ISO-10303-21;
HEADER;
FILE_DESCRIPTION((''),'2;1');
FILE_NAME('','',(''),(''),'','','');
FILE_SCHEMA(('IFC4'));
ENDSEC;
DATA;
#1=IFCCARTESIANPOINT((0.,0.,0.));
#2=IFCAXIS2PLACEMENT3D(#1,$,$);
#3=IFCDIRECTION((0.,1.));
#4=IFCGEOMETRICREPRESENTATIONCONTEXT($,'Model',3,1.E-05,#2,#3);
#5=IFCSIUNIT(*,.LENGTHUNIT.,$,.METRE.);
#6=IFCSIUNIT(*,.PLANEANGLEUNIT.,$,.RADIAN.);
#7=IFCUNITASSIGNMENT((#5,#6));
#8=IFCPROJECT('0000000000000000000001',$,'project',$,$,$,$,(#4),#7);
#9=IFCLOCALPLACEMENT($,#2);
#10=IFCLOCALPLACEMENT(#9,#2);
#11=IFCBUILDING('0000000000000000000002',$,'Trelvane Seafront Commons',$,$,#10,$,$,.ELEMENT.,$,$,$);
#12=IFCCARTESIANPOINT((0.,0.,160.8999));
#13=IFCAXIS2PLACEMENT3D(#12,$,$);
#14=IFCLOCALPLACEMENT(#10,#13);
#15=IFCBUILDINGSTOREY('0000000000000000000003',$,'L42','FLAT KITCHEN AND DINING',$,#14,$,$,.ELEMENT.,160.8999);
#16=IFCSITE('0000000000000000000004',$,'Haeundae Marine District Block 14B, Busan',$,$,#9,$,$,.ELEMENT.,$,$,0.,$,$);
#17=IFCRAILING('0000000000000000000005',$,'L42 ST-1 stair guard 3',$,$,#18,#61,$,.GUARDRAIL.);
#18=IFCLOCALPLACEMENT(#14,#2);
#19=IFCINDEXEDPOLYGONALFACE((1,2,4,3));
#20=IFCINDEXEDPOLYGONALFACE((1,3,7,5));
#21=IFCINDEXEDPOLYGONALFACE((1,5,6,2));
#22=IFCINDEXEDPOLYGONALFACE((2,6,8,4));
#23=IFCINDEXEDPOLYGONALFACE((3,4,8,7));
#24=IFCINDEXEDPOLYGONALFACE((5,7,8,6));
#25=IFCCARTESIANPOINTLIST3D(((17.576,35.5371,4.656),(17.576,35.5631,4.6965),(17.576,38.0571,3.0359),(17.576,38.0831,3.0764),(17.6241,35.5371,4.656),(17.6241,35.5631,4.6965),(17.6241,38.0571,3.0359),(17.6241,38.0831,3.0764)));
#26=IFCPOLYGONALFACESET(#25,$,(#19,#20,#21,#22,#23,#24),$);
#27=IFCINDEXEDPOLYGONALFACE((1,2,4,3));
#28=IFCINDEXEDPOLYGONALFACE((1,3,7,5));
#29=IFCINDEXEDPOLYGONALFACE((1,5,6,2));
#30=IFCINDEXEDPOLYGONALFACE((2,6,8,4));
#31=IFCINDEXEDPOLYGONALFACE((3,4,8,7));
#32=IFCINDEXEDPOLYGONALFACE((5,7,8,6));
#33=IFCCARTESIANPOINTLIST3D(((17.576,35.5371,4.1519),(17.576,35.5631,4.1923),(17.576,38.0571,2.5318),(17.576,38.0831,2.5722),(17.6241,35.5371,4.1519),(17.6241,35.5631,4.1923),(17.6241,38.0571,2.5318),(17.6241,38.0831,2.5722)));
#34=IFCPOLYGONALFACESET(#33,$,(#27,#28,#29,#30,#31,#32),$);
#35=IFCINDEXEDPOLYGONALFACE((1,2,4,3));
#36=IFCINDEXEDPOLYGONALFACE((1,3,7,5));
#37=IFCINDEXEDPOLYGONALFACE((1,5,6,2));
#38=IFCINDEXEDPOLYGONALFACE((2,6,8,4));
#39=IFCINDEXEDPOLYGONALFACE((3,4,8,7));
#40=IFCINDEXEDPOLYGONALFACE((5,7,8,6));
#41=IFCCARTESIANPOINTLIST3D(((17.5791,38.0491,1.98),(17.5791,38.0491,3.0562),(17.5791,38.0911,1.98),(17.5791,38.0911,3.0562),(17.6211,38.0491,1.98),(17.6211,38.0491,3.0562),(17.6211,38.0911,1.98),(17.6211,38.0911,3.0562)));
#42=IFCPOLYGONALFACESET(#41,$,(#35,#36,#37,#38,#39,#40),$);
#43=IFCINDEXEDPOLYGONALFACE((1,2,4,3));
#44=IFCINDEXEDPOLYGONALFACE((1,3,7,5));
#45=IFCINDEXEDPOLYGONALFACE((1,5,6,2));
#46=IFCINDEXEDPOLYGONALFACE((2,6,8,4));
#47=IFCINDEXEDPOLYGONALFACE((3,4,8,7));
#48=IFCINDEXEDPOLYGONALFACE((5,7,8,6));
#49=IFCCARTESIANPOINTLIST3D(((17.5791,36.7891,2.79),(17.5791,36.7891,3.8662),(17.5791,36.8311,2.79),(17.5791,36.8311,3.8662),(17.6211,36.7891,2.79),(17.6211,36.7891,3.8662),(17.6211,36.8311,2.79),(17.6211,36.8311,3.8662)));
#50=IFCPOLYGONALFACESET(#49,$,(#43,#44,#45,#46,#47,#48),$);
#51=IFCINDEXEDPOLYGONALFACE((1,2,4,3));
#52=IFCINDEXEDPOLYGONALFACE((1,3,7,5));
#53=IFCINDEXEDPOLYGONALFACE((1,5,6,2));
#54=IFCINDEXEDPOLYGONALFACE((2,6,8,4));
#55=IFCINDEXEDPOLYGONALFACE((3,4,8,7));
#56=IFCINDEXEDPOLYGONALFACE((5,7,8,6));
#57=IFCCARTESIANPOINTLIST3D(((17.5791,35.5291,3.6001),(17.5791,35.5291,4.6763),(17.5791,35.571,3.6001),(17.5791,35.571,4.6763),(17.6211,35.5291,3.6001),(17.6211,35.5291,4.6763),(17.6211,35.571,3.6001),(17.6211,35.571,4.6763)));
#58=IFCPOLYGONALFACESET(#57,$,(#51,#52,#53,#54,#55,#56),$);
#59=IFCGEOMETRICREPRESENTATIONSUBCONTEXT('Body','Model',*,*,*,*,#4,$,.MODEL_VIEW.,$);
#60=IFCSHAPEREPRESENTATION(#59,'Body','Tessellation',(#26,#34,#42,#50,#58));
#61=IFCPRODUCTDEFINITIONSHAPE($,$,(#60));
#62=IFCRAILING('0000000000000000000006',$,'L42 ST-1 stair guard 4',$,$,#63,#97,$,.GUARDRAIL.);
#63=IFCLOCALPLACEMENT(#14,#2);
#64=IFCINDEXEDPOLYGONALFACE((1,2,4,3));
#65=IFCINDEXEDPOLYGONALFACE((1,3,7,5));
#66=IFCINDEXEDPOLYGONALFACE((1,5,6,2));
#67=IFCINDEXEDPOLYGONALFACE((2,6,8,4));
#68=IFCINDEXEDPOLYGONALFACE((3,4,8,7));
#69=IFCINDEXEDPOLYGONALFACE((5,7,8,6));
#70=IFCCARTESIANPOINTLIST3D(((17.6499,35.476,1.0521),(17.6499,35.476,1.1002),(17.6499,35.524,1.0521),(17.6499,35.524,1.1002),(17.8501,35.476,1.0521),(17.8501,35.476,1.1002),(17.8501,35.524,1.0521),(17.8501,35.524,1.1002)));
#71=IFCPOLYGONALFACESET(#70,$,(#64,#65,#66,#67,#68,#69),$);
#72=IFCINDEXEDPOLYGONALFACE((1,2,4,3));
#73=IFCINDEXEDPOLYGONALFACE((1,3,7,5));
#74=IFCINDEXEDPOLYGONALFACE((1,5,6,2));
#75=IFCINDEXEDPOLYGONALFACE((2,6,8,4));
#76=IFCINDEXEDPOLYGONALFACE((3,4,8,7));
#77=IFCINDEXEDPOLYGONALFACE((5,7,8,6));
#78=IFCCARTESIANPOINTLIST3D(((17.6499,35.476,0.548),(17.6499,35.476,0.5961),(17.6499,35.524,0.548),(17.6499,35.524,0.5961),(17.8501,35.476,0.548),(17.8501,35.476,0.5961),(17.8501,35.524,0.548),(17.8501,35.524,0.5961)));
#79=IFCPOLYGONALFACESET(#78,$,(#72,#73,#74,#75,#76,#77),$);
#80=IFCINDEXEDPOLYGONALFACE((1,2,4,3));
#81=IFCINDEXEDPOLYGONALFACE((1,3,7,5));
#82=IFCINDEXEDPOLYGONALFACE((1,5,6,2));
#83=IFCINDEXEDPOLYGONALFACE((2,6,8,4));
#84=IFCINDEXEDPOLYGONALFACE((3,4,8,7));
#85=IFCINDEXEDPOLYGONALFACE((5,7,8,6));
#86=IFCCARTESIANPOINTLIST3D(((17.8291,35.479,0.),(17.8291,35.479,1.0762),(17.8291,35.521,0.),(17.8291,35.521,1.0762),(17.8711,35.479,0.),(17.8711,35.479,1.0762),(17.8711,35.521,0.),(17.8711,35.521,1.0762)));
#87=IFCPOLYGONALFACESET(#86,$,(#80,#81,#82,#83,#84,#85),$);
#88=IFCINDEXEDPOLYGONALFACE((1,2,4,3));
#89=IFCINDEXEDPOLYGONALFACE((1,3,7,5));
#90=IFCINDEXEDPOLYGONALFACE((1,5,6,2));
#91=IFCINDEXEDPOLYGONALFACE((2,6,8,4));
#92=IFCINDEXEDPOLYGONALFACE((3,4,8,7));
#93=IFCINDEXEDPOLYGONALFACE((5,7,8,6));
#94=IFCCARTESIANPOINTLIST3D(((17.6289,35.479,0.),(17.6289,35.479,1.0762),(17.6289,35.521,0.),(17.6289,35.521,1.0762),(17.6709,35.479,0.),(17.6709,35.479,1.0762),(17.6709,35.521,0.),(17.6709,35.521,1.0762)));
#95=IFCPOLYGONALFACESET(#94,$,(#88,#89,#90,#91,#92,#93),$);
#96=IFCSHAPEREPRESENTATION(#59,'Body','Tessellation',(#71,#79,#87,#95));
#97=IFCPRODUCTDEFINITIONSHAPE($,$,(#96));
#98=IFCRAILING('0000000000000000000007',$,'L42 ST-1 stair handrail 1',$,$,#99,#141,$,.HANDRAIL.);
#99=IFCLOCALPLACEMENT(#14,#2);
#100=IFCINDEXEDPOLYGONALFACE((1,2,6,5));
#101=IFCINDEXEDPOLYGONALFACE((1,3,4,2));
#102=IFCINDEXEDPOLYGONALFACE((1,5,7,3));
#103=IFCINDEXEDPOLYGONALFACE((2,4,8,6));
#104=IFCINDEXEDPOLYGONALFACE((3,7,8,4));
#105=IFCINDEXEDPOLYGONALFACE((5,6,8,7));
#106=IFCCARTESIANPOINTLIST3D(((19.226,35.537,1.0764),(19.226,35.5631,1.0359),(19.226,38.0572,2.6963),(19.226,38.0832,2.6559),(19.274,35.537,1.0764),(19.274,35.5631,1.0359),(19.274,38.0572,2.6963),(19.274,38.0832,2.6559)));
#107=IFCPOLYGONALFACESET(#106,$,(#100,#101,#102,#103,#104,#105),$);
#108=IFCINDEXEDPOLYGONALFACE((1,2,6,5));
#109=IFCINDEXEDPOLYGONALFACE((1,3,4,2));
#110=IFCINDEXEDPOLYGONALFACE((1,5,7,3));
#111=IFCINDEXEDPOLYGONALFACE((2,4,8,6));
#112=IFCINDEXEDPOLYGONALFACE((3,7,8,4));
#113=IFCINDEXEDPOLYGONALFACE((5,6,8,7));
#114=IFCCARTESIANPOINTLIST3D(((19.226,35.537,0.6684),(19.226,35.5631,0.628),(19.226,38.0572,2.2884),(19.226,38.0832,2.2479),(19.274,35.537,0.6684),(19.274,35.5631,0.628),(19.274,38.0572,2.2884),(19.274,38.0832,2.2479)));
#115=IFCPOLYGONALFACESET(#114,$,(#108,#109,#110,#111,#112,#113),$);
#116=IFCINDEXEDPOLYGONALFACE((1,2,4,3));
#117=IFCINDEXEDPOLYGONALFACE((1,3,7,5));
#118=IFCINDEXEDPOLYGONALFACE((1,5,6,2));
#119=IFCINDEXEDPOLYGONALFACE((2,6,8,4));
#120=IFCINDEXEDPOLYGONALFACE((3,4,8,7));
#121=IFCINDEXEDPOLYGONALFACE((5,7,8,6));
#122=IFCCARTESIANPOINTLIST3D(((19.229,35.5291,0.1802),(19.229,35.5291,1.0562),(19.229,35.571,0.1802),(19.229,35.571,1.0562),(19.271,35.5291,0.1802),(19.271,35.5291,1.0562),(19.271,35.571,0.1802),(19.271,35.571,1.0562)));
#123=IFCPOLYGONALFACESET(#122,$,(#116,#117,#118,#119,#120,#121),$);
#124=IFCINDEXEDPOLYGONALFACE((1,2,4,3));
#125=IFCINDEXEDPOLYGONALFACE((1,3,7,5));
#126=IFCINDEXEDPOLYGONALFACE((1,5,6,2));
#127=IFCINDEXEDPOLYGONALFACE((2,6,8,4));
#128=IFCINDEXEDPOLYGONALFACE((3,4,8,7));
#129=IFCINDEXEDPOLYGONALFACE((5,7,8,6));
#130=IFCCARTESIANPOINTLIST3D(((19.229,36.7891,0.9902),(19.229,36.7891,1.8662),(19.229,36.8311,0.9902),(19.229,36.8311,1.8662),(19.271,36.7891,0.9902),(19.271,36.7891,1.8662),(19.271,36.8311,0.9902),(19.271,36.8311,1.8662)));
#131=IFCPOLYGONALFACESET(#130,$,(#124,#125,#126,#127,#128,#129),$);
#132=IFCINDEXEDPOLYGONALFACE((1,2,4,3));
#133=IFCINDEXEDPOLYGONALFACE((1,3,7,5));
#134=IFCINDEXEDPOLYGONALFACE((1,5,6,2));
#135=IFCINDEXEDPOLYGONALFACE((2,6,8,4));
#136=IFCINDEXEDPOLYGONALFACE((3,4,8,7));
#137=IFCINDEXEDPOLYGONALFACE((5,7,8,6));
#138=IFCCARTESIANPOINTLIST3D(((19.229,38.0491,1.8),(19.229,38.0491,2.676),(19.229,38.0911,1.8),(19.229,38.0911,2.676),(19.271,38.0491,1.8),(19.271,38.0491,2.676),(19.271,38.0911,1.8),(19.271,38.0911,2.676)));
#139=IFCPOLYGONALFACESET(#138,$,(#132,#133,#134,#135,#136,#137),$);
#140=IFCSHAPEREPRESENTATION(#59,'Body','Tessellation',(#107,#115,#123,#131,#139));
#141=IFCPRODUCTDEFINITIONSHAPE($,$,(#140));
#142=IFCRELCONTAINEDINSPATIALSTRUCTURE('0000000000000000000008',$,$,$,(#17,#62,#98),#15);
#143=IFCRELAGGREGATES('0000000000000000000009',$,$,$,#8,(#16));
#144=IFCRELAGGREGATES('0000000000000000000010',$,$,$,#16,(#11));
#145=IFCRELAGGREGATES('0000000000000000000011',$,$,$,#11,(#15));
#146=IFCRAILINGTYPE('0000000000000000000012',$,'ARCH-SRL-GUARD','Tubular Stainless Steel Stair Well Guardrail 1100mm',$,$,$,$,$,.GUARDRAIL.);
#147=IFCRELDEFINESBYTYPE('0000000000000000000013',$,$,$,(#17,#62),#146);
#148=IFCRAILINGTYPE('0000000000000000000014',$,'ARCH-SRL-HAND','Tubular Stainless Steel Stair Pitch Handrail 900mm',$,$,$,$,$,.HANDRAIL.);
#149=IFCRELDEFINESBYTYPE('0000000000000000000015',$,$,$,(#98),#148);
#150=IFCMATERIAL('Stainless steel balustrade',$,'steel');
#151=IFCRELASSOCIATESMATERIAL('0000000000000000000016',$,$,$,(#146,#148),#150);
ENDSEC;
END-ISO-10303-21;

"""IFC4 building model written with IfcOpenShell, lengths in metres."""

from ifc_helpers import new_model, si_unit, direction, frame, origin, origin_2d, place, context, subcontext, project, spatial, rectangle, extrude, material, type_object, element, save


model = new_model("IFC4")

# Units and contexts
model_context = context("Model", 3, precision=1e-05, world=origin(), true_north=direction((0.0, 1.0)))
body_context = subcontext(model_context, "Body", "Model", "MODEL_VIEW")
ifc_project = project(units=[si_unit("LENGTHUNIT", "METRE"), si_unit("PLANEANGLEUNIT", "RADIAN")], contexts=[model_context])

# Site, building, storey
site_placement = place(None, origin())
site = spatial("IfcSite", under=ifc_project, at=site_placement, Name="Haeundae Marine District Block 14B, Busan", CompositionType="ELEMENT", RefElevation=0.0)
building_placement = place(site_placement, origin())
building = spatial("IfcBuilding", under=site, at=building_placement, Name="Trelvane Seafront Commons", CompositionType="ELEMENT")
storey_placement = place(building_placement, frame((0.0, 0.0, 160.8999)))
storey = spatial("IfcBuildingStorey", under=building, at=storey_placement, Name="L42", Description="FLAT KITCHEN AND DINING", CompositionType="ELEMENT", Elevation=160.8999)

# Shared definitions
ifc_material_1 = material(Name="Stainless steel balustrade", Category="steel")

# Railings
railing_type_1 = type_object("IfcRailingType", Name="ARCH-SRL-GUARD", Description="Tubular Stainless Steel Stair Well Guardrail 1100mm", PredefinedType="GUARDRAIL", material=ifc_material_1)
railing_1_placement = place(storey_placement, frame((17.6001, 38.0701, 1.98)))
element("IfcRailing", 1, at=railing_1_placement, inside=storey, type_object=railing_type_1, Name="L42 ST-1 stair guard 3", PredefinedType="GUARDRAIL", context=body_context, shape_type="SweptSolid", body=[
    extrude(rectangle(XDim=0.0481, YDim=0.0481, at=origin_2d()), frame((0.0, 0.0, 1.0762), z_axis=(0.0, -0.841163, 0.540782), x_axis=(1.0, 0.0, 0.0)), (0.0, 0.0, 1.0), 2.9958),
    extrude(rectangle(XDim=0.0481, YDim=0.0481, at=origin_2d()), frame((0.0, 0.0, 0.572), z_axis=(0.0, -0.841163, 0.540782), x_axis=(1.0, 0.0, 0.0)), (0.0, 0.0, 1.0), 2.9958),
    extrude(rectangle(XDim=0.042, YDim=0.042, at=origin_2d()), origin(), (0.0, 0.0, 1.0), 1.0762),
    extrude(rectangle(XDim=0.042, YDim=0.042, at=origin_2d()), frame((0.0, -1.26, 0.8101)), (0.0, 0.0, 1.0), 1.0762),
    extrude(rectangle(XDim=0.042, YDim=0.042, at=origin_2d()), frame((0.0, -2.52, 1.6201)), (0.0, 0.0, 1.0), 1.0762),
])
railing_2_placement = place(storey_placement, frame((17.8501, 35.5, 0.0)))
element("IfcRailing", 2, at=railing_2_placement, inside=storey, type_object=railing_type_1, Name="L42 ST-1 stair guard 4", PredefinedType="GUARDRAIL", context=body_context, shape_type="SweptSolid", body=[
    extrude(rectangle(XDim=0.0481, YDim=0.0481, at=origin_2d()), frame((0.0, 0.0, 1.0762), z_axis=(-1.0, 0.0, 0.0), x_axis=(0.0, -1.0, 0.0)), (0.0, 0.0, 1.0), 0.2002),
    extrude(rectangle(XDim=0.0481, YDim=0.0481, at=origin_2d()), frame((0.0, 0.0, 0.572), z_axis=(-1.0, 0.0, 0.0), x_axis=(0.0, -1.0, 0.0)), (0.0, 0.0, 1.0), 0.2002),
    extrude(rectangle(XDim=0.042, YDim=0.042, at=origin_2d()), origin(), (0.0, 0.0, 1.0), 1.0762),
    extrude(rectangle(XDim=0.042, YDim=0.042, at=origin_2d()), frame((-0.2002, 0.0, 0.0)), (0.0, 0.0, 1.0), 1.0762),
])
railing_type_2 = type_object("IfcRailingType", Name="ARCH-SRL-HAND", Description="Tubular Stainless Steel Stair Pitch Handrail 900mm", PredefinedType="HANDRAIL", material=ifc_material_1)
railing_3_placement = place(storey_placement, frame((19.25, 35.55, 0.1802)))
element("IfcRailing", 3, at=railing_3_placement, inside=storey, type_object=railing_type_2, Name="L42 ST-1 stair handrail 1", PredefinedType="HANDRAIL", context=body_context, shape_type="SweptSolid", body=[
    extrude(rectangle(XDim=0.0481, YDim=0.0481, at=origin_2d()), frame((0.0, 0.0, 0.876), z_axis=(0.0, 0.8412, 0.540725), x_axis=(-1.0, 0.0, 0.0)), (0.0, 0.0, 1.0), 2.9958),
    extrude(rectangle(XDim=0.0481, YDim=0.0481, at=origin_2d()), frame((0.0, 0.0, 0.468), z_axis=(0.0, 0.8412, 0.540725), x_axis=(-1.0, 0.0, 0.0)), (0.0, 0.0, 1.0), 2.9958),
    extrude(rectangle(XDim=0.042, YDim=0.042, at=origin_2d()), origin(), (0.0, 0.0, 1.0), 0.876),
    extrude(rectangle(XDim=0.042, YDim=0.042, at=origin_2d()), frame((0.0, 1.26, 0.8101)), (0.0, 0.0, 1.0), 0.876),
    extrude(rectangle(XDim=0.042, YDim=0.042, at=origin_2d()), frame((0.0, 2.52, 1.6199)), (0.0, 0.0, 1.0), 0.876),
])

save(model, "model.ifc")
